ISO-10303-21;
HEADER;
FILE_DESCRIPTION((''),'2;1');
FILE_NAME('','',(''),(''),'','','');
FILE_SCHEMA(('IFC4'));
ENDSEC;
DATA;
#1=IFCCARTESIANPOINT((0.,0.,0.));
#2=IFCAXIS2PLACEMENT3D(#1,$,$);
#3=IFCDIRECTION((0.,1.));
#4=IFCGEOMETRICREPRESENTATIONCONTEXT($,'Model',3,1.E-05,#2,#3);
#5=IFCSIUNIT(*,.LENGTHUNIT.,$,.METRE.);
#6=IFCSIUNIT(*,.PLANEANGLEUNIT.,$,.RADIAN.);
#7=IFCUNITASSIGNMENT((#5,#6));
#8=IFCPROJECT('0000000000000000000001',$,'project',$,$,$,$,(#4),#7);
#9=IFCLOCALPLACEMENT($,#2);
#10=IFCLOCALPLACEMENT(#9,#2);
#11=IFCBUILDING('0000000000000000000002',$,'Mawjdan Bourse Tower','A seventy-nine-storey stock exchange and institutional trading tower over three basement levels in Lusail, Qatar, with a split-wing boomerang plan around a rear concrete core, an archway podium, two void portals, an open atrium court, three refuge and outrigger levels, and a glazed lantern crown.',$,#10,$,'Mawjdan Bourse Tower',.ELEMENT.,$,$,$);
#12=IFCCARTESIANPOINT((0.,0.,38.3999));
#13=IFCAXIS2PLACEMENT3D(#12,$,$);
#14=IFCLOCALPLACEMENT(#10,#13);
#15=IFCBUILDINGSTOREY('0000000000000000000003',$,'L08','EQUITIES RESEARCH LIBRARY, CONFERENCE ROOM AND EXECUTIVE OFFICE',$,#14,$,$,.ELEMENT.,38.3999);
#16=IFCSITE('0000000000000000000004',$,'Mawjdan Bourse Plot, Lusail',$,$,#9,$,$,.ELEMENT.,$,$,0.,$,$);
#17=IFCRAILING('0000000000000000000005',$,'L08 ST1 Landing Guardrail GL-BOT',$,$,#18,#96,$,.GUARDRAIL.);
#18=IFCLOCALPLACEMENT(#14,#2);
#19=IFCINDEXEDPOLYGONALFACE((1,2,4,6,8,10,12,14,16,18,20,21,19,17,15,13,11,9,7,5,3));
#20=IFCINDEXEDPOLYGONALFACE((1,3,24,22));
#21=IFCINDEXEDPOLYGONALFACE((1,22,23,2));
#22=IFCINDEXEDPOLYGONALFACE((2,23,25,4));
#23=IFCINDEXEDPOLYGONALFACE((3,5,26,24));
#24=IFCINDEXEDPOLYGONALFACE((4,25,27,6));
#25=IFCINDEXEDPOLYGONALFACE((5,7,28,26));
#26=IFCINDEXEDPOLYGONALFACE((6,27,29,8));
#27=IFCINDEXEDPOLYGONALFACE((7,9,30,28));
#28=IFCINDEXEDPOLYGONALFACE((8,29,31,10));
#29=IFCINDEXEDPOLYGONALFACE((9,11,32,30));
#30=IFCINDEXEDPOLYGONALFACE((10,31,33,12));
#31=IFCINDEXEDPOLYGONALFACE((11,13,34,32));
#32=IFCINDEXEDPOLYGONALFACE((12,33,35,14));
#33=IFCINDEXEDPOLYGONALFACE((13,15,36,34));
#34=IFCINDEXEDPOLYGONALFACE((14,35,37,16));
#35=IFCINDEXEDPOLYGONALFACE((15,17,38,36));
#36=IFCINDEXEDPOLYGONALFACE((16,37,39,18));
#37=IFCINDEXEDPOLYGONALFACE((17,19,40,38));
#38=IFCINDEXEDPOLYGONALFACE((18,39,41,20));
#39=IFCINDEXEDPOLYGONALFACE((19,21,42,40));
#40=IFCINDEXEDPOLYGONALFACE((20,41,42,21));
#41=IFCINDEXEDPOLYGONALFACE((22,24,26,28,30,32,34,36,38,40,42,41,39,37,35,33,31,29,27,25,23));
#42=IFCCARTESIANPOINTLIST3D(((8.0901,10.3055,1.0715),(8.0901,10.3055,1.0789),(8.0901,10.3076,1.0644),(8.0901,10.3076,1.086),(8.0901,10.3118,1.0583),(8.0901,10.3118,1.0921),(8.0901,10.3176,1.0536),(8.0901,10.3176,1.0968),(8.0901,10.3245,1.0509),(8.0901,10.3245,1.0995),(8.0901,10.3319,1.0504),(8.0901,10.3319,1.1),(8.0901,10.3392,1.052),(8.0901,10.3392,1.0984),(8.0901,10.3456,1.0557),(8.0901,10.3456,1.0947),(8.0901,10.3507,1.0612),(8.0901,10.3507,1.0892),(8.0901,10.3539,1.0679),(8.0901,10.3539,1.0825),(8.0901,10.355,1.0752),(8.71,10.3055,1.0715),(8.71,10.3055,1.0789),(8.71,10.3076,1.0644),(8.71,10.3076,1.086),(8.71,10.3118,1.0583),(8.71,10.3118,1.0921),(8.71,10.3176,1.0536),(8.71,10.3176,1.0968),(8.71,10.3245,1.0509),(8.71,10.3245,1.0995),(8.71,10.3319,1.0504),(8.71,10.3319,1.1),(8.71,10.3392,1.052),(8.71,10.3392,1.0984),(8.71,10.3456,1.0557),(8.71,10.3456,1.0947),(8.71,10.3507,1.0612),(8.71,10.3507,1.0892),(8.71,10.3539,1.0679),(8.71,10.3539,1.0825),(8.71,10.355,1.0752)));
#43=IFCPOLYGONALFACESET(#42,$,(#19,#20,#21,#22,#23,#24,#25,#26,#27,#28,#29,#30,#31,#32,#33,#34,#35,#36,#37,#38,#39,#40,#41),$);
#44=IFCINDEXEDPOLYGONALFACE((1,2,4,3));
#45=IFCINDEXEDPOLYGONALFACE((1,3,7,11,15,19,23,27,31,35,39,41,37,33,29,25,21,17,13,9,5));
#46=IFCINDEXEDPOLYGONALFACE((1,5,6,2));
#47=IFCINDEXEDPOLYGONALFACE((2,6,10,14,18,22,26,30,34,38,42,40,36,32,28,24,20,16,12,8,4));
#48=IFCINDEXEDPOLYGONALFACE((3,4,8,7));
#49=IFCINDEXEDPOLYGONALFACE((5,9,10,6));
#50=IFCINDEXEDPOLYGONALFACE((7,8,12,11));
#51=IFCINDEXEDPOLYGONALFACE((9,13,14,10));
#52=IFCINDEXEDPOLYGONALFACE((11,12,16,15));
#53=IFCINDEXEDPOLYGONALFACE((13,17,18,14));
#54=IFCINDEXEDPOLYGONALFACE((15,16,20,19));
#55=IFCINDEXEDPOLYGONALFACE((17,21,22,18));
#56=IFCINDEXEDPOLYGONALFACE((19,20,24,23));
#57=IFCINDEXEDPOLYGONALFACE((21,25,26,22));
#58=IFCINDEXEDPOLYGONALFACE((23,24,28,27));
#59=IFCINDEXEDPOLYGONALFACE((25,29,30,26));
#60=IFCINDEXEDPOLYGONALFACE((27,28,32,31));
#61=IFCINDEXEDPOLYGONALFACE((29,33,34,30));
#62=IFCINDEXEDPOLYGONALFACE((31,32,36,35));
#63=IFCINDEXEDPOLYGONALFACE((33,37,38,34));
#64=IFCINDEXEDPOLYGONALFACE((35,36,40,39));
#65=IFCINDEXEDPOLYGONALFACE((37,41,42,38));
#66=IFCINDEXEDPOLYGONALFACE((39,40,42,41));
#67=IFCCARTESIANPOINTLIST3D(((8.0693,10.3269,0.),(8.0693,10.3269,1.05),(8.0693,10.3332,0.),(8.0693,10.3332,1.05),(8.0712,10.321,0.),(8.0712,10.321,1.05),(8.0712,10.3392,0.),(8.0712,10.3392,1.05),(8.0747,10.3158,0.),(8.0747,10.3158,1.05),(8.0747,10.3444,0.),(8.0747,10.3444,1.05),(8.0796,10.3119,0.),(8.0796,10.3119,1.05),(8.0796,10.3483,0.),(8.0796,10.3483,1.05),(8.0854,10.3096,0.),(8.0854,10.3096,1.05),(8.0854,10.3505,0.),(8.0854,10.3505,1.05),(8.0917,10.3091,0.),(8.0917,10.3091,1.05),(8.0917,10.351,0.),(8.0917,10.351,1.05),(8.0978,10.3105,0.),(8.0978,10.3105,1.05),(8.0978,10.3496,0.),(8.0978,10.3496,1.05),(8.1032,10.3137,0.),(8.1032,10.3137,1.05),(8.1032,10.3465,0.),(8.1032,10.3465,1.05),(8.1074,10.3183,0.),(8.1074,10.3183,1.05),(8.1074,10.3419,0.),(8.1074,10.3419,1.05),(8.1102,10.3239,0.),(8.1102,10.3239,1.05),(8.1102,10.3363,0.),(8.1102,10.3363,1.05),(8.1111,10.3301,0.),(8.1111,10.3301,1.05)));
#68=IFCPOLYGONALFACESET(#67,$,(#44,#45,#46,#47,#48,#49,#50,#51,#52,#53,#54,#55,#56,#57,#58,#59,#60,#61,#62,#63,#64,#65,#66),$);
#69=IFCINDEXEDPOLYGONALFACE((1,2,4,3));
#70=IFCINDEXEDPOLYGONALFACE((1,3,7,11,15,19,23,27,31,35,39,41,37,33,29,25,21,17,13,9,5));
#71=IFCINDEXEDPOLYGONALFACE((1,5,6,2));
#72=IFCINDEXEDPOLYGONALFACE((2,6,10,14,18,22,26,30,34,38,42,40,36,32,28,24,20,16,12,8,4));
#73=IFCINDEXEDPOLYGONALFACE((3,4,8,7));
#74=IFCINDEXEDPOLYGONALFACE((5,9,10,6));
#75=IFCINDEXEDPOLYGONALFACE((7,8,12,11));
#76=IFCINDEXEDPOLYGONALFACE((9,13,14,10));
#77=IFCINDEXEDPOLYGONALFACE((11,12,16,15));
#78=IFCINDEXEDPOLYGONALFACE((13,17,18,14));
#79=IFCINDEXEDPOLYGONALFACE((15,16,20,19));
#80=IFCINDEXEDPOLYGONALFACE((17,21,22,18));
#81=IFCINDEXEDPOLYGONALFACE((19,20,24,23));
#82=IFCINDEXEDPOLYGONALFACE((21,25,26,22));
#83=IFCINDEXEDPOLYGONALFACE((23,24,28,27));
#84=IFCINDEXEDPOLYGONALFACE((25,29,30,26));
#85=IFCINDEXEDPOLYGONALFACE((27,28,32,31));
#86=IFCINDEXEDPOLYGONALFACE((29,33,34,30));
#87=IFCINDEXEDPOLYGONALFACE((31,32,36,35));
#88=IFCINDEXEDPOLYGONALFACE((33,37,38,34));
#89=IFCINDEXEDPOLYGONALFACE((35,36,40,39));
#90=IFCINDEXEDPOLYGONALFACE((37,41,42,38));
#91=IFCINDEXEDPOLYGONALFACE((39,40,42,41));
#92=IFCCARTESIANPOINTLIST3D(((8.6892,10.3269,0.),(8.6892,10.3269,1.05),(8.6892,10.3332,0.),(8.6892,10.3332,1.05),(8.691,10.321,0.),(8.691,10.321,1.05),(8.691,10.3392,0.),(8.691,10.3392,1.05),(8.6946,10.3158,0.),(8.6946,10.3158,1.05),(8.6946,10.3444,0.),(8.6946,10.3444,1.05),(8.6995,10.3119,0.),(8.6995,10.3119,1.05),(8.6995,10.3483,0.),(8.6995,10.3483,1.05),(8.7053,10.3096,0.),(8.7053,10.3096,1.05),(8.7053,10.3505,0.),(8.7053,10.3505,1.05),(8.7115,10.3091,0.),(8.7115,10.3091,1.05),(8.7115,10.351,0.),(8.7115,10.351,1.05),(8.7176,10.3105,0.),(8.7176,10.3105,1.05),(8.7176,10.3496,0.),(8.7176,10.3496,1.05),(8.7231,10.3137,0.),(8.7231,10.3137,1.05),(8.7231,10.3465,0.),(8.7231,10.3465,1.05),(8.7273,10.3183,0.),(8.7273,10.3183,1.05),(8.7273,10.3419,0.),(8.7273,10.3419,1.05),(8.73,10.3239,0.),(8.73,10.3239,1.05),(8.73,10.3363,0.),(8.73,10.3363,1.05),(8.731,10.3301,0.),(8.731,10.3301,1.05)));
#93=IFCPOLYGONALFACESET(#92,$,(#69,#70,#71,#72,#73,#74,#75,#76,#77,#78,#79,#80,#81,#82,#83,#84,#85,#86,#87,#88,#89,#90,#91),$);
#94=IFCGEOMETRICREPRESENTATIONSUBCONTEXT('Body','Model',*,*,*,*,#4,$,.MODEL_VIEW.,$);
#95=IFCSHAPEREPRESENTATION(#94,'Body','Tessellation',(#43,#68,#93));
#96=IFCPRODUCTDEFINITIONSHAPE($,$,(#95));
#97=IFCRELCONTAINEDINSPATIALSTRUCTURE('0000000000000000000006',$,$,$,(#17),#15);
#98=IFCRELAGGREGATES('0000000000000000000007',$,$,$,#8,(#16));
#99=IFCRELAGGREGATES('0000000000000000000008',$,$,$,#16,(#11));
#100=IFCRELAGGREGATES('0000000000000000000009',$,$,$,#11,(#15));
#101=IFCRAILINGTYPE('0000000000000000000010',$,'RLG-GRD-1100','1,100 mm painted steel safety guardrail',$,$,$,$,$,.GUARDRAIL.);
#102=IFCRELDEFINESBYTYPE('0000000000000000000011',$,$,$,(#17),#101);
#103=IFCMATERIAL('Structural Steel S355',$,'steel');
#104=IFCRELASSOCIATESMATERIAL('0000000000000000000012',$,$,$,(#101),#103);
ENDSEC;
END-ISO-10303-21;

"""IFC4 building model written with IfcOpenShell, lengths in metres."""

from ifc_helpers import new_model, si_unit, direction, frame, origin, origin_2d, place, context, subcontext, project, spatial, circle, extrude, material, type_object, element, save


model = new_model("IFC4")

# Units and contexts
model_context = context("Model", 3, precision=1e-05, world=origin(), true_north=direction((0.0, 1.0)))
body_context = subcontext(model_context, "Body", "Model", "MODEL_VIEW")
ifc_project = project(units=[si_unit("LENGTHUNIT", "METRE"), si_unit("PLANEANGLEUNIT", "RADIAN")], contexts=[model_context])

# Site, building, storey
site_placement = place(None, origin())
site = spatial("IfcSite", under=ifc_project, at=site_placement, Name="Mawjdan Bourse Plot, Lusail", CompositionType="ELEMENT", RefElevation=0.0)
building_placement = place(site_placement, origin())
building = spatial("IfcBuilding", under=site, at=building_placement, Name="Mawjdan Bourse Tower", Description="A seventy-nine-storey stock exchange and institutional trading tower over three basement levels in Lusail, Qatar, with a split-wing boomerang plan around a rear concrete core, an archway podium, two void portals, an open atrium court, three refuge and outrigger levels, and a glazed lantern crown.", LongName="Mawjdan Bourse Tower", CompositionType="ELEMENT")
storey_placement = place(building_placement, frame((0.0, 0.0, 38.3999)))
storey = spatial("IfcBuildingStorey", under=building, at=storey_placement, Name="L08", Description="EQUITIES RESEARCH LIBRARY, CONFERENCE ROOM AND EXECUTIVE OFFICE", CompositionType="ELEMENT", Elevation=38.3999)

# Railing
ifc_material_1 = material(Name="Structural Steel S355", Category="steel")
railing_type = type_object("IfcRailingType", Name="RLG-GRD-1100", Description="1,100 mm painted steel safety guardrail", PredefinedType="GUARDRAIL", material=ifc_material_1)
for number, where, name in (
    (1, (8.0901, 10.3301, 0.0), "L08 ST1 Landing Guardrail GL-BOT"),
):
    element("IfcRailing", number, at=place(storey_placement, frame(where)), inside=storey, type_object=railing_type, Name=name, PredefinedType="GUARDRAIL", context=body_context, shape_type="SweptSolid", body=[
        extrude(circle(Radius=0.0249, at=origin_2d()), frame((0.0, 0.0, 1.0752), z_axis=(1.0, 0.0, 0.0), x_axis=(0.0, 1.0, 0.0)), (0.0, 0.0, 1.0), 0.6199),
        extrude(circle(Radius=0.021, at=origin_2d()), origin(), (0.0, 0.0, 1.0), 1.05),
        extrude(circle(Radius=0.021, at=origin_2d()), frame((0.6199, 0.0, 0.0)), (0.0, 0.0, 1.0), 1.05),
    ])

save(model, "model.ifc")
